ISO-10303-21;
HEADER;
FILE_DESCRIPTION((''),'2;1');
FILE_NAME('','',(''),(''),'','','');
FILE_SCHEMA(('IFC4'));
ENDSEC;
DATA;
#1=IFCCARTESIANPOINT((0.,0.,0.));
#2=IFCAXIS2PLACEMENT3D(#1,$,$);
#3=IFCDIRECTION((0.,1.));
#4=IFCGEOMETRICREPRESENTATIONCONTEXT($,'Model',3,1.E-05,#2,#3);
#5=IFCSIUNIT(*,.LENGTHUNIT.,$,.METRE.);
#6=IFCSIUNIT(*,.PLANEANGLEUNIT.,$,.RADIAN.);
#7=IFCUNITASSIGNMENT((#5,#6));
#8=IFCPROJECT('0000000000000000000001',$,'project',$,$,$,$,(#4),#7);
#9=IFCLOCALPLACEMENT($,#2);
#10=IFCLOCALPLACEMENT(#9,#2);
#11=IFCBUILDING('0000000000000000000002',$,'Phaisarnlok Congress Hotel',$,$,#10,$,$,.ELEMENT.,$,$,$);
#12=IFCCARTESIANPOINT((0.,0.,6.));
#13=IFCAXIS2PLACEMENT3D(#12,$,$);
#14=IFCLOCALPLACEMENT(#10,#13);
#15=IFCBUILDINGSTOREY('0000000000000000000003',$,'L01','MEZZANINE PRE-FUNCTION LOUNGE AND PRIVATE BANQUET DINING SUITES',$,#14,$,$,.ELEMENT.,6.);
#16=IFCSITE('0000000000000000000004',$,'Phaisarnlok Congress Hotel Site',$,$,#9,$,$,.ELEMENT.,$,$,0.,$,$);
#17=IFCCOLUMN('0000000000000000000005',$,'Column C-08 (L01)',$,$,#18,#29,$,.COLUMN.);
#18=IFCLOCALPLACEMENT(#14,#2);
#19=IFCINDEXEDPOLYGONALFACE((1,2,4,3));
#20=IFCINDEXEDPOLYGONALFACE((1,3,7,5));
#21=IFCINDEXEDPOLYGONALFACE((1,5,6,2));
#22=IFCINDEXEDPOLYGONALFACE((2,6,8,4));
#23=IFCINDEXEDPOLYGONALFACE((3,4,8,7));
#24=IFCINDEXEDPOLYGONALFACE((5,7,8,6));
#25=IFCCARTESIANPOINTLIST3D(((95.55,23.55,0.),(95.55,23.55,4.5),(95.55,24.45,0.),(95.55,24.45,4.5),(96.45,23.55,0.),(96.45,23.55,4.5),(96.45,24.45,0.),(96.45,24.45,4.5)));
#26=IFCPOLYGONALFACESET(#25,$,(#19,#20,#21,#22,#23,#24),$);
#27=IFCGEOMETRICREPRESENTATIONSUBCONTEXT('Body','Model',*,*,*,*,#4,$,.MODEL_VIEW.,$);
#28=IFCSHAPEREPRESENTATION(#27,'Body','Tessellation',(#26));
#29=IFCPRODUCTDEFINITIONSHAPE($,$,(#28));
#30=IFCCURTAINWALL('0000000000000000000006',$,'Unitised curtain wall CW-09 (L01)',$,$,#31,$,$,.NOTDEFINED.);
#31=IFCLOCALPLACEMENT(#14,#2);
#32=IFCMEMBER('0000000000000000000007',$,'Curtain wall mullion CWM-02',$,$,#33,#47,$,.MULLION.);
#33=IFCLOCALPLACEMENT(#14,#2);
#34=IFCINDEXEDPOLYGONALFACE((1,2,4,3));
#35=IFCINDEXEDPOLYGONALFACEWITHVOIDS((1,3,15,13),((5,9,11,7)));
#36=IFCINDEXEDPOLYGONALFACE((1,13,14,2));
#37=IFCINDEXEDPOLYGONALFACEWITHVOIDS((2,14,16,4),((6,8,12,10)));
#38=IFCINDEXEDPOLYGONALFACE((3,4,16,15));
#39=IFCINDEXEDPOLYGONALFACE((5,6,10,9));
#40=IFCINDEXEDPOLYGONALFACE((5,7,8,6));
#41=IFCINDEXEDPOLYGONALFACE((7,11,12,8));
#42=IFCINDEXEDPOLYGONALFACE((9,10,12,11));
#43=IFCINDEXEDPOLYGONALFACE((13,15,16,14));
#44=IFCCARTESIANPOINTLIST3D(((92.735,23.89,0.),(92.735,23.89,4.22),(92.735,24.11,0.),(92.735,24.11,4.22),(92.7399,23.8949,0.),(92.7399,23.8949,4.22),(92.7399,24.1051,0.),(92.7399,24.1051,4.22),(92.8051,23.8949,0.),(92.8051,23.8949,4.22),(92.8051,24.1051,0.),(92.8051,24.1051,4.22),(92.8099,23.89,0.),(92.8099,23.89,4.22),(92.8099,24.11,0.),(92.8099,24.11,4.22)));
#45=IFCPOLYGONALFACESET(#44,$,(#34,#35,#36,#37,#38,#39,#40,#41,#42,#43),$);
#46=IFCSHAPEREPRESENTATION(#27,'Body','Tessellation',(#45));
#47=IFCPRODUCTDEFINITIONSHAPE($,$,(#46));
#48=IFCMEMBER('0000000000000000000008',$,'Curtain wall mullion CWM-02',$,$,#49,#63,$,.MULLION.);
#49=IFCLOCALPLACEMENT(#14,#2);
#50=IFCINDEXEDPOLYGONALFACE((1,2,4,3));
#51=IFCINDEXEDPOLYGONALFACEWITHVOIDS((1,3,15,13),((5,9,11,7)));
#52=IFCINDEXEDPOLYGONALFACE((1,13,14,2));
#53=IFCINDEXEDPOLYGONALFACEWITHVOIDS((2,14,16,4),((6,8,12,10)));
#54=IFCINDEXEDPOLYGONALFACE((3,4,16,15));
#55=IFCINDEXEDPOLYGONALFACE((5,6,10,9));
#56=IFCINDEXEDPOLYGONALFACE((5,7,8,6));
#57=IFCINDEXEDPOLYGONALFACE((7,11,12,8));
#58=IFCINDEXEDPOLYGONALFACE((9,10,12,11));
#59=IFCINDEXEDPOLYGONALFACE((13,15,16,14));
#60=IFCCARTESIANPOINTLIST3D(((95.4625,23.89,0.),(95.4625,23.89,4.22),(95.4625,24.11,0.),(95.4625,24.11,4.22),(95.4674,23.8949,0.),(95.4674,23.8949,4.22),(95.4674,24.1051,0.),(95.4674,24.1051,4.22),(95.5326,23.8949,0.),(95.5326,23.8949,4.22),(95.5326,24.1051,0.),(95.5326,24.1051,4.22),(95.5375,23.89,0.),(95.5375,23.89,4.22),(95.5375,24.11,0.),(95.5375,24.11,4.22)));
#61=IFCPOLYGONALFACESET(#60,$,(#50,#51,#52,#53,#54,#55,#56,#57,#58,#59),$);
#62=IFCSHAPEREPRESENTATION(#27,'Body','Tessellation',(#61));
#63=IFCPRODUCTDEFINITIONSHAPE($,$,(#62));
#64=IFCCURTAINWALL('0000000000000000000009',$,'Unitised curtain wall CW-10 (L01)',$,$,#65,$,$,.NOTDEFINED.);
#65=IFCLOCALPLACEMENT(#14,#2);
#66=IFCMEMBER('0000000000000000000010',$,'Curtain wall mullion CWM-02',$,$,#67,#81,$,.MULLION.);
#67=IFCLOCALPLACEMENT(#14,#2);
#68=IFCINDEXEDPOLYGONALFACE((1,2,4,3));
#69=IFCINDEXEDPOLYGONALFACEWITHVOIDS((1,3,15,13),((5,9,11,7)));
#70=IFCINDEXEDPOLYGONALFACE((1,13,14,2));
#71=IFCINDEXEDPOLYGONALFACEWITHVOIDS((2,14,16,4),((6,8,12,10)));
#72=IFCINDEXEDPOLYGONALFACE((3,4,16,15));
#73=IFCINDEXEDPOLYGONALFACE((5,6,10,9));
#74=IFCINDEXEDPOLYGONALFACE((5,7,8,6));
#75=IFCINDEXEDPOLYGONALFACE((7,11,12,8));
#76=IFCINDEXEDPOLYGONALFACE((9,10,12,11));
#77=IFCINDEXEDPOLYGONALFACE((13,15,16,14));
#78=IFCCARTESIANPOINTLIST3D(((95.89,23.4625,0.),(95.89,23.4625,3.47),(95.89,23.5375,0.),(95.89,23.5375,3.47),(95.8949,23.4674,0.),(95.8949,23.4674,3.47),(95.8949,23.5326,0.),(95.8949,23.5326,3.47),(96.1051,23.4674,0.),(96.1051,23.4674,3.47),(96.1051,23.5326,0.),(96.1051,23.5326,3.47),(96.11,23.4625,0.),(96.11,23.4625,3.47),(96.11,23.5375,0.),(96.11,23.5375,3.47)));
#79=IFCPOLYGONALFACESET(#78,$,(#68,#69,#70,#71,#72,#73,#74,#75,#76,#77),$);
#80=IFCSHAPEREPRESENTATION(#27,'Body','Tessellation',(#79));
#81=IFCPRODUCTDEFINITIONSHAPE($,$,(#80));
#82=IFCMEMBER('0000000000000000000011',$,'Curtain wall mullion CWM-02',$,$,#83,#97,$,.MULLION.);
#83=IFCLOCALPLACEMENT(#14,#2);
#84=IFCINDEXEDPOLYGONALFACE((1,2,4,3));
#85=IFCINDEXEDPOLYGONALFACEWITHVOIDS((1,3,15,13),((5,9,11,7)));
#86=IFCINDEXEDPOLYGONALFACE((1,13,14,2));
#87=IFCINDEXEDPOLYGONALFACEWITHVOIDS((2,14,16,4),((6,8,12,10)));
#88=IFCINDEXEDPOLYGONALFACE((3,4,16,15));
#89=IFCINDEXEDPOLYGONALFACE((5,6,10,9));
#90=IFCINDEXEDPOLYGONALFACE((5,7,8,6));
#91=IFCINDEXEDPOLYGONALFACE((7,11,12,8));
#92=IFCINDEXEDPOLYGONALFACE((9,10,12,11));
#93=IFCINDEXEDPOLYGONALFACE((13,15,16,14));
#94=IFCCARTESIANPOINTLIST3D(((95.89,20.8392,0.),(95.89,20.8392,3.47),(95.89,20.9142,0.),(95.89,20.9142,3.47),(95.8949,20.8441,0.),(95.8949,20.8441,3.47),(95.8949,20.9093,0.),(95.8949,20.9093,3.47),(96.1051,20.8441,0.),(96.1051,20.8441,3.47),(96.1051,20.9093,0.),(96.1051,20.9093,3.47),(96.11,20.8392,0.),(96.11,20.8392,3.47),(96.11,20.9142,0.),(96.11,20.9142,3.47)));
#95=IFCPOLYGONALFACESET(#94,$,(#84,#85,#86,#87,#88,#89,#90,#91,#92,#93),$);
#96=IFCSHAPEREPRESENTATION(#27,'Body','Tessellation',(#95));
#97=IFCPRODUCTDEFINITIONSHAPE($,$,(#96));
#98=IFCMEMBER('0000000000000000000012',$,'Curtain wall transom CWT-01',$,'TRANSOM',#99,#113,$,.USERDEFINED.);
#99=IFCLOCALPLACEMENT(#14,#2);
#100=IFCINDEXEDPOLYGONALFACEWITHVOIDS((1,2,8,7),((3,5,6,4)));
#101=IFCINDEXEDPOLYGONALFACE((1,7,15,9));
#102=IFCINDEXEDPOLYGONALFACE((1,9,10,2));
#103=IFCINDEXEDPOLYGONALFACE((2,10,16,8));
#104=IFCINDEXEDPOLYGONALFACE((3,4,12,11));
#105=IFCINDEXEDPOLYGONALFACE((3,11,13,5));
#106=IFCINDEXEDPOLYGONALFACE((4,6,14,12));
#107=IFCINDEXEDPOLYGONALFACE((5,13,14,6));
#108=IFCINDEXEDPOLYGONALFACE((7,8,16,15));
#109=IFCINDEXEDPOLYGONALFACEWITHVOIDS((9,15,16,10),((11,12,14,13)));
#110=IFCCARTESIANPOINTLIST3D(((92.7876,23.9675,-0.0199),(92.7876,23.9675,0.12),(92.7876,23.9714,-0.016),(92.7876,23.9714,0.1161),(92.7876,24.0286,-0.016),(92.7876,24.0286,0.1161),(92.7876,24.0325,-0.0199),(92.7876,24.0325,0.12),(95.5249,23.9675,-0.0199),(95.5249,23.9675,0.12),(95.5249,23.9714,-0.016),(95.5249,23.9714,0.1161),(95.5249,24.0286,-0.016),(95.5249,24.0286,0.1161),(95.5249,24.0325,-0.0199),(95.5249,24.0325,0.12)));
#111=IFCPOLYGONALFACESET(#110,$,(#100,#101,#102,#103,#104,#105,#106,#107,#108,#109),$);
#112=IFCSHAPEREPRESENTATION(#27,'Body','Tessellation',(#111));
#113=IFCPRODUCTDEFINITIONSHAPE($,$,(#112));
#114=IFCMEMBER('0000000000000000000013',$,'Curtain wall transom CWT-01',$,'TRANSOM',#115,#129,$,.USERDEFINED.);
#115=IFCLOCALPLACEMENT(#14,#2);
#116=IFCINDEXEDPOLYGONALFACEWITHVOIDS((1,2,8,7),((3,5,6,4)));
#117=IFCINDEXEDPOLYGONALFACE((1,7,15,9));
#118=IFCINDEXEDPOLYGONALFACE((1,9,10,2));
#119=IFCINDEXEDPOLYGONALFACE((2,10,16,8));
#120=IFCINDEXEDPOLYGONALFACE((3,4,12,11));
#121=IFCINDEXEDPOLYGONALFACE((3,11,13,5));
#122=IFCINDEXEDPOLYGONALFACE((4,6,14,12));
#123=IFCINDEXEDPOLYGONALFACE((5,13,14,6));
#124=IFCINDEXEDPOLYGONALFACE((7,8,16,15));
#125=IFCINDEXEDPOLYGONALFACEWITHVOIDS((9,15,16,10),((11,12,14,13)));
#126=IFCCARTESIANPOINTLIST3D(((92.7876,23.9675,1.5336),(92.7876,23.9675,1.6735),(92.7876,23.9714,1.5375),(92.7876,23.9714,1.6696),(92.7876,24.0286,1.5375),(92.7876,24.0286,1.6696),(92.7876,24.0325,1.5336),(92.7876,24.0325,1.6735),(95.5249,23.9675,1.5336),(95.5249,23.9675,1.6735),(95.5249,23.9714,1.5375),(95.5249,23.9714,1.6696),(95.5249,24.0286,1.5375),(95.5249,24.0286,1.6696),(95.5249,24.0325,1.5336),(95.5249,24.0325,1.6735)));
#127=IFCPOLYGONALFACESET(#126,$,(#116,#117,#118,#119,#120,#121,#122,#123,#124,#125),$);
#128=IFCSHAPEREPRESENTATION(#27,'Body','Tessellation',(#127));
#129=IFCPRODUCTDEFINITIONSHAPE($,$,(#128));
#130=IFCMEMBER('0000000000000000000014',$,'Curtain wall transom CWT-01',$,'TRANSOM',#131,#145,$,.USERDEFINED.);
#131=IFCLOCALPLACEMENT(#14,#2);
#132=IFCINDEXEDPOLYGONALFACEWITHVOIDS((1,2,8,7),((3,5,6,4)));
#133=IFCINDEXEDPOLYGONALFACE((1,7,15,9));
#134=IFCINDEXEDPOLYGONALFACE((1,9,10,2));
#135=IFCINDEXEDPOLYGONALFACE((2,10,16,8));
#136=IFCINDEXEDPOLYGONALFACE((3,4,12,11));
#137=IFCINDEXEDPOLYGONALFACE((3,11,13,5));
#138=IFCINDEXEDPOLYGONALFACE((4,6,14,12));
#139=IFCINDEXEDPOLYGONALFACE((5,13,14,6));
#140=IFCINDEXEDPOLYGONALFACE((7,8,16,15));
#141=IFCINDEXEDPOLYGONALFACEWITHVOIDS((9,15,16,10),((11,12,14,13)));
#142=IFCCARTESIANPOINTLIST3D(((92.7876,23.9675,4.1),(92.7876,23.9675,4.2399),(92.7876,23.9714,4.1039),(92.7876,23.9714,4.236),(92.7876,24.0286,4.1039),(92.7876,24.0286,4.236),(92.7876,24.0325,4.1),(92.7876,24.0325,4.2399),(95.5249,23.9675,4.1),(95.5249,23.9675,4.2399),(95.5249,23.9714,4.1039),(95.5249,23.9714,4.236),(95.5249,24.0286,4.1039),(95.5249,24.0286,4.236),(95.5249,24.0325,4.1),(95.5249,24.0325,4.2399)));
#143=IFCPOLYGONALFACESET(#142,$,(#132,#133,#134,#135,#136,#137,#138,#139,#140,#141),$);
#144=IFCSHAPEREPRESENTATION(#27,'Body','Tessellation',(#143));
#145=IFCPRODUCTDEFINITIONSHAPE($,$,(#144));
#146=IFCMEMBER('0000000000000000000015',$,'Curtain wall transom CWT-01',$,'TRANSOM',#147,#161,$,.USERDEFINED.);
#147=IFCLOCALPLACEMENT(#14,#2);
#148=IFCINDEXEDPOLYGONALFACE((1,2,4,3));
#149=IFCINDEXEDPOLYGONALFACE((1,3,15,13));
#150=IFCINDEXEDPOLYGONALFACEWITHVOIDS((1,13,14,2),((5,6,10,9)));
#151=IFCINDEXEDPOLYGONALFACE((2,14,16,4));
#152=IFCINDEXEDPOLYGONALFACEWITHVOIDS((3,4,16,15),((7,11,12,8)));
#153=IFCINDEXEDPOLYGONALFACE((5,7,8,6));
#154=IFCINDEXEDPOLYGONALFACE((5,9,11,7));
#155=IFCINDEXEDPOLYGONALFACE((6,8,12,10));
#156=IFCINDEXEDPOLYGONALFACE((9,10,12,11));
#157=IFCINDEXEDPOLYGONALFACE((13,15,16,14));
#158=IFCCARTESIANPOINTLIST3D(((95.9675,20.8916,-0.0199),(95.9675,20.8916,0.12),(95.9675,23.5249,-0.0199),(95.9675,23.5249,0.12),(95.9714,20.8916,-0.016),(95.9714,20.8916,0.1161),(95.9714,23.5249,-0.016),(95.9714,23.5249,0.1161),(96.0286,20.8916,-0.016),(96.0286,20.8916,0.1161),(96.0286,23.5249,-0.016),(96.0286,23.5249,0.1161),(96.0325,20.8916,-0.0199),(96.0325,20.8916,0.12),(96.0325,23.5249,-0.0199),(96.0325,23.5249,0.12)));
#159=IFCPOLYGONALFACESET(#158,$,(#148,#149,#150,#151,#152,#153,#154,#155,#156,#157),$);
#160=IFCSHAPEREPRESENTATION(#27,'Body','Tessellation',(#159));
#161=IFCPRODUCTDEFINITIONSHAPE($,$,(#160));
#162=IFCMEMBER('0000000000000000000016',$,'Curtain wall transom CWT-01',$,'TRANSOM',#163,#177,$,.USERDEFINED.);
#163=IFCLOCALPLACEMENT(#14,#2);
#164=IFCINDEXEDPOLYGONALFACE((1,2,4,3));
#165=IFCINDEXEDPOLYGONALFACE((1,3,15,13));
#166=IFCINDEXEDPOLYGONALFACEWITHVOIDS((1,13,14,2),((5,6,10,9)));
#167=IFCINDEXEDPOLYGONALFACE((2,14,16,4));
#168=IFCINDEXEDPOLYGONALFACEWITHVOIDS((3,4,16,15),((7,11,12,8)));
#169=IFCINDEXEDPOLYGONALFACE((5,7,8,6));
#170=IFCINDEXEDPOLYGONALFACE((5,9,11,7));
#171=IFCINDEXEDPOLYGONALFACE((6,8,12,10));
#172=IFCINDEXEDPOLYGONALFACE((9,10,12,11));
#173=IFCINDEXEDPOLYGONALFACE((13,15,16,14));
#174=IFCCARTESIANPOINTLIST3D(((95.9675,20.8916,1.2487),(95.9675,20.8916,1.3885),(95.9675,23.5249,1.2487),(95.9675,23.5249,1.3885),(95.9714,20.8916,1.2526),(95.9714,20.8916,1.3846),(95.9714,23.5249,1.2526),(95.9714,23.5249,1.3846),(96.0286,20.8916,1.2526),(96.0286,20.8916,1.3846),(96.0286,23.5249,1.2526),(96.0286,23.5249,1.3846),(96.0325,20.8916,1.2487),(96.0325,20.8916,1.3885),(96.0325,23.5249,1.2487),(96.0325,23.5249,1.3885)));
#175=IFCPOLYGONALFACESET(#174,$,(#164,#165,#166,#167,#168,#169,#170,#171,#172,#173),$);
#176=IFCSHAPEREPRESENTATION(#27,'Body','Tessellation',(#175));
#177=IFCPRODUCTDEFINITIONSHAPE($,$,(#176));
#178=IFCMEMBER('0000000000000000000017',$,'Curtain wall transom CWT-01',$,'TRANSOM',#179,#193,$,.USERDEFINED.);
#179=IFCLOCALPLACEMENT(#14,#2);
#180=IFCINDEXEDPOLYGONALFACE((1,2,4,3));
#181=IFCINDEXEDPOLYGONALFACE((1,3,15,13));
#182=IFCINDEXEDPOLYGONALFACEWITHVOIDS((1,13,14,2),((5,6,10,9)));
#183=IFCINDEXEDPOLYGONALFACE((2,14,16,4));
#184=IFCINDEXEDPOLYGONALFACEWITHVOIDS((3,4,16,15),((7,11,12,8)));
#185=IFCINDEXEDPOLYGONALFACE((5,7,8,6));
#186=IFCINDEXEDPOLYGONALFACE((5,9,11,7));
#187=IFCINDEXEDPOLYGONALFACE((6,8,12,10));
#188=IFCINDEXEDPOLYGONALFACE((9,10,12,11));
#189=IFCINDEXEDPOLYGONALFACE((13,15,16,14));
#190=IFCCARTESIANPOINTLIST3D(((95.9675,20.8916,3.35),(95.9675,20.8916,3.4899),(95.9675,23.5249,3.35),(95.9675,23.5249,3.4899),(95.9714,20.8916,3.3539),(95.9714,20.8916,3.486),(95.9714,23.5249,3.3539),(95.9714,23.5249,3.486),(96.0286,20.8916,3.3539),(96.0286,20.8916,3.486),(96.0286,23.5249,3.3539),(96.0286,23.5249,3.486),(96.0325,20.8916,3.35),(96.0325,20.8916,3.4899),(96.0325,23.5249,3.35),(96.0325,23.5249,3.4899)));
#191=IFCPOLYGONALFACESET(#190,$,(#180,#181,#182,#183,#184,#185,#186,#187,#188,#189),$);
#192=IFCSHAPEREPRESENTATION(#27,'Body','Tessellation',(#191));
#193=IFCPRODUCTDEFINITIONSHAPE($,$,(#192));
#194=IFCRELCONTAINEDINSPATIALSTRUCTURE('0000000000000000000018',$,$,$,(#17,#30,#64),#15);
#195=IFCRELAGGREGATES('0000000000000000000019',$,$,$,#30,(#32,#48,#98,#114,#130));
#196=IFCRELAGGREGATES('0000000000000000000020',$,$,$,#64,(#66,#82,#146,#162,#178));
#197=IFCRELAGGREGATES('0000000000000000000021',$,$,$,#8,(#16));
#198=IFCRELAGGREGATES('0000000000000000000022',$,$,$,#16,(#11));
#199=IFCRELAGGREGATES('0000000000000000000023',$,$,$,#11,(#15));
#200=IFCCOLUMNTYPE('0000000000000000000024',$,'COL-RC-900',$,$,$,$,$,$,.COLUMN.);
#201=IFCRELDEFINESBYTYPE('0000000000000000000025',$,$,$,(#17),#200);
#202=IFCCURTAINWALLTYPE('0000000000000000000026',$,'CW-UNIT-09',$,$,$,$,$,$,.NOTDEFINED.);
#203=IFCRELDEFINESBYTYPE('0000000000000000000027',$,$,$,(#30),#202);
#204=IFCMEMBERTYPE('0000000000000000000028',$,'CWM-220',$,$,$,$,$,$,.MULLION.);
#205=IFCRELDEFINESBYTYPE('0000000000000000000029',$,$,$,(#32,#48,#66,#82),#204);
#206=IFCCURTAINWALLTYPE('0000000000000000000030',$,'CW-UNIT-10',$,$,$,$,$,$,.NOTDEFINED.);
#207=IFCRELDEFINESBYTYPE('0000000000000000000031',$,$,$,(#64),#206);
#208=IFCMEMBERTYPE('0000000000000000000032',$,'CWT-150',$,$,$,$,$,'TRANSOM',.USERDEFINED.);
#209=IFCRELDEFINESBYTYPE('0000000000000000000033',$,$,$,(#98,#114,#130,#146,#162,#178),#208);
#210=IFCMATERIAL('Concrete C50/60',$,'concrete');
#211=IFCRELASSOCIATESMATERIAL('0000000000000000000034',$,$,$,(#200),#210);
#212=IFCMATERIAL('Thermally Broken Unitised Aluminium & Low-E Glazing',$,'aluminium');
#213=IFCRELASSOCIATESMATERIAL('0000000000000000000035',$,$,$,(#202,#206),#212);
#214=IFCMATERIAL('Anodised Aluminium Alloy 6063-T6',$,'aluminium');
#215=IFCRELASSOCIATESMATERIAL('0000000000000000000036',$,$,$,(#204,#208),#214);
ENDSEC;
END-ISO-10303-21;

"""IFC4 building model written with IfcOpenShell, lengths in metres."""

from ifc_helpers import new_model, si_unit, direction, frame, origin, origin_2d, place, context, subcontext, project, spatial, rectangle, hollow_rectangle, extrude, material, material_profile, profile_set, type_object, element, aggregate, save


model = new_model("IFC4")

# Units and contexts
model_context = context("Model", 3, precision=1e-05, world=origin(), true_north=direction((0.0, 1.0)))
body_context = subcontext(model_context, "Body", "Model", "MODEL_VIEW")
ifc_project = project(units=[si_unit("LENGTHUNIT", "METRE"), si_unit("PLANEANGLEUNIT", "RADIAN")], contexts=[model_context])

# Site, building, storey
site_placement = place(None, origin())
site = spatial("IfcSite", under=ifc_project, at=site_placement, Name="Phaisarnlok Congress Hotel Site", CompositionType="ELEMENT", RefElevation=0.0)
building_placement = place(site_placement, origin())
building = spatial("IfcBuilding", under=site, at=building_placement, Name="Phaisarnlok Congress Hotel", CompositionType="ELEMENT")
storey_placement = place(building_placement, frame((0.0, 0.0, 6.0)))
storey = spatial("IfcBuildingStorey", under=building, at=storey_placement, Name="L01", Description="MEZZANINE PRE-FUNCTION LOUNGE AND PRIVATE BANQUET DINING SUITES", CompositionType="ELEMENT", Elevation=6.0)

# Column
ifc_material_1 = material(Name="Concrete C50/60", Category="concrete")
ifc_material_profile_1 = material_profile(ifc_material_1, rectangle(XDim=0.8999, YDim=0.8999, at=origin_2d()), Name="RC 900x900")
ifc_profile_set_1 = profile_set([ifc_material_profile_1], Name="Concrete C50/60")
column_type = type_object("IfcColumnType", Name="COL-RC-900", PredefinedType="COLUMN", material=ifc_profile_set_1)
column_placement = place(storey_placement, frame((96.0, 24.0, 0.0), z_axis=(0.0, 0.0, 1.0), x_axis=(1.0, 0.0, 0.0)))
element("IfcColumn", 1, at=column_placement, inside=storey, type_object=column_type, Name="Column C-08 (L01)", PredefinedType="COLUMN", context=body_context, shape_type="SweptSolid", body=[
    extrude(rectangle(XDim=0.8999, YDim=0.8999, at=origin_2d()), origin(), (0.0, 0.0, 1.0), 4.5),
])

# Curtain walls, members
ifc_material_2 = material(Name="Thermally Broken Unitised Aluminium & Low-E Glazing", Category="aluminium")
curtain_wall_type_1 = type_object("IfcCurtainWallType", Name="CW-UNIT-09", PredefinedType="NOTDEFINED", material=ifc_material_2)
curtain_wall_1_placement = place(storey_placement, origin())
curtain_wall_1 = element("IfcCurtainWall", 2, at=curtain_wall_1_placement, inside=storey, type_object=curtain_wall_type_1, Name="Unitised curtain wall CW-09 (L01)", PredefinedType="NOTDEFINED")
ifc_material_3 = material(Name="Anodised Aluminium Alloy 6063-T6", Category="aluminium")
ifc_material_profile_2 = material_profile(ifc_material_3, hollow_rectangle(XDim=0.075, YDim=0.22, WallThickness=0.0049, at=origin_2d()), Name="ALU-M 75x220x5")
ifc_profile_set_2 = profile_set([ifc_material_profile_2], Name="Anodised Aluminium Alloy 6063-T6")
member_type_1 = type_object("IfcMemberType", Name="CWM-220", PredefinedType="MULLION", material=ifc_profile_set_2)
member_1_placement = place(storey_placement, frame((92.7725, 24.0, 0.0), z_axis=(0.0, 0.0, 1.0), x_axis=(1.0, 0.0, 0.0)))
member_1 = element("IfcMember", 3, at=member_1_placement, type_object=member_type_1, Name="Curtain wall mullion CWM-02", PredefinedType="MULLION", context=body_context, shape_type="SweptSolid", body=[
    extrude(hollow_rectangle(XDim=0.075, YDim=0.22, WallThickness=0.0049, at=origin_2d()), origin(), (0.0, 0.0, 1.0), 4.22),
])
member_2_placement = place(storey_placement, frame((95.5, 24.0, 0.0), z_axis=(0.0, 0.0, 1.0), x_axis=(1.0, 0.0, 0.0)))
member_2 = element("IfcMember", 4, at=member_2_placement, type_object=member_type_1, Name="Curtain wall mullion CWM-02", PredefinedType="MULLION", context=body_context, shape_type="SweptSolid", body=[
    extrude(hollow_rectangle(XDim=0.075, YDim=0.22, WallThickness=0.0049, at=origin_2d()), origin(), (0.0, 0.0, 1.0), 4.22),
])
curtain_wall_type_2 = type_object("IfcCurtainWallType", Name="CW-UNIT-10", PredefinedType="NOTDEFINED", material=ifc_material_2)
curtain_wall_2_placement = place(storey_placement, origin())
curtain_wall_2 = element("IfcCurtainWall", 5, at=curtain_wall_2_placement, inside=storey, type_object=curtain_wall_type_2, Name="Unitised curtain wall CW-10 (L01)", PredefinedType="NOTDEFINED")
member_3_placement = place(storey_placement, frame((96.0, 23.5, 0.0), z_axis=(0.0, 0.0, 1.0), x_axis=(0.0, -1.0, 0.0)))
member_3 = element("IfcMember", 6, at=member_3_placement, type_object=member_type_1, Name="Curtain wall mullion CWM-02", PredefinedType="MULLION", context=body_context, shape_type="SweptSolid", body=[
    extrude(hollow_rectangle(XDim=0.075, YDim=0.22, WallThickness=0.0049, at=origin_2d()), origin(), (0.0, 0.0, 1.0), 3.47),
])
member_4_placement = place(storey_placement, frame((96.0, 20.8767, 0.0), z_axis=(0.0, 0.0, 1.0), x_axis=(0.0, -1.0, 0.0)))
member_4 = element("IfcMember", 7, at=member_4_placement, type_object=member_type_1, Name="Curtain wall mullion CWM-02", PredefinedType="MULLION", context=body_context, shape_type="SweptSolid", body=[
    extrude(hollow_rectangle(XDim=0.075, YDim=0.22, WallThickness=0.0049, at=origin_2d()), origin(), (0.0, 0.0, 1.0), 3.47),
])

# Members
ifc_material_profile_3 = material_profile(ifc_material_3, hollow_rectangle(XDim=0.0649, YDim=0.1399, WallThickness=0.0039, at=origin_2d()), Name="ALU-T 65x140x4")
ifc_profile_set_3 = profile_set([ifc_material_profile_3], Name="Anodised Aluminium Alloy 6063-T6")
member_type_2 = type_object("IfcMemberType", Name="CWT-150", ElementType="TRANSOM", PredefinedType="USERDEFINED", material=ifc_profile_set_3)
member_5_placement = place(storey_placement, frame((92.7876, 24.0, 0.05), z_axis=(1.0, 0.0, 0.0), x_axis=(0.0, 1.0, 0.0)))
member_5 = element("IfcMember", 8, at=member_5_placement, type_object=member_type_2, Name="Curtain wall transom CWT-01", ObjectType="TRANSOM", PredefinedType="USERDEFINED", context=body_context, shape_type="SweptSolid", body=[
    extrude(hollow_rectangle(XDim=0.0649, YDim=0.1399, WallThickness=0.0039, at=origin_2d()), origin(), (0.0, 0.0, 1.0), 2.7373),
])
member_6_placement = place(storey_placement, frame((92.7876, 24.0, 1.6035), z_axis=(1.0, 0.0, 0.0), x_axis=(0.0, 1.0, 0.0)))
member_6 = element("IfcMember", 9, at=member_6_placement, type_object=member_type_2, Name="Curtain wall transom CWT-01", ObjectType="TRANSOM", PredefinedType="USERDEFINED", context=body_context, shape_type="SweptSolid", body=[
    extrude(hollow_rectangle(XDim=0.0649, YDim=0.1399, WallThickness=0.0039, at=origin_2d()), origin(), (0.0, 0.0, 1.0), 2.7373),
])
member_7_placement = place(storey_placement, frame((92.7876, 24.0, 4.1699), z_axis=(1.0, 0.0, 0.0), x_axis=(0.0, 1.0, 0.0)))
member_7 = element("IfcMember", 10, at=member_7_placement, type_object=member_type_2, Name="Curtain wall transom CWT-01", ObjectType="TRANSOM", PredefinedType="USERDEFINED", context=body_context, shape_type="SweptSolid", body=[
    extrude(hollow_rectangle(XDim=0.0649, YDim=0.1399, WallThickness=0.0039, at=origin_2d()), origin(), (0.0, 0.0, 1.0), 2.7373),
])
member_8_placement = place(storey_placement, frame((96.0, 23.5249, 0.05), z_axis=(0.0, -1.0, 0.0), x_axis=(1.0, 0.0, 0.0)))
member_8 = element("IfcMember", 11, at=member_8_placement, type_object=member_type_2, Name="Curtain wall transom CWT-01", ObjectType="TRANSOM", PredefinedType="USERDEFINED", context=body_context, shape_type="SweptSolid", body=[
    extrude(hollow_rectangle(XDim=0.0649, YDim=0.1399, WallThickness=0.0039, at=origin_2d()), origin(), (0.0, 0.0, 1.0), 2.6333),
])
member_9_placement = place(storey_placement, frame((96.0, 23.5249, 1.3186), z_axis=(0.0, -1.0, 0.0), x_axis=(1.0, 0.0, 0.0)))
member_9 = element("IfcMember", 12, at=member_9_placement, type_object=member_type_2, Name="Curtain wall transom CWT-01", ObjectType="TRANSOM", PredefinedType="USERDEFINED", context=body_context, shape_type="SweptSolid", body=[
    extrude(hollow_rectangle(XDim=0.0649, YDim=0.1399, WallThickness=0.0039, at=origin_2d()), origin(), (0.0, 0.0, 1.0), 2.6333),
])
member_10_placement = place(storey_placement, frame((96.0, 23.5249, 3.4199), z_axis=(0.0, -1.0, 0.0), x_axis=(1.0, 0.0, 0.0)))
member_10 = element("IfcMember", 13, at=member_10_placement, type_object=member_type_2, Name="Curtain wall transom CWT-01", ObjectType="TRANSOM", PredefinedType="USERDEFINED", context=body_context, shape_type="SweptSolid", body=[
    extrude(hollow_rectangle(XDim=0.0649, YDim=0.1399, WallThickness=0.0039, at=origin_2d()), origin(), (0.0, 0.0, 1.0), 2.6333),
])

aggregate(curtain_wall_1, [member_1, member_2, member_5, member_6, member_7])
aggregate(curtain_wall_2, [member_3, member_4, member_8, member_9, member_10])

save(model, "model.ifc")
